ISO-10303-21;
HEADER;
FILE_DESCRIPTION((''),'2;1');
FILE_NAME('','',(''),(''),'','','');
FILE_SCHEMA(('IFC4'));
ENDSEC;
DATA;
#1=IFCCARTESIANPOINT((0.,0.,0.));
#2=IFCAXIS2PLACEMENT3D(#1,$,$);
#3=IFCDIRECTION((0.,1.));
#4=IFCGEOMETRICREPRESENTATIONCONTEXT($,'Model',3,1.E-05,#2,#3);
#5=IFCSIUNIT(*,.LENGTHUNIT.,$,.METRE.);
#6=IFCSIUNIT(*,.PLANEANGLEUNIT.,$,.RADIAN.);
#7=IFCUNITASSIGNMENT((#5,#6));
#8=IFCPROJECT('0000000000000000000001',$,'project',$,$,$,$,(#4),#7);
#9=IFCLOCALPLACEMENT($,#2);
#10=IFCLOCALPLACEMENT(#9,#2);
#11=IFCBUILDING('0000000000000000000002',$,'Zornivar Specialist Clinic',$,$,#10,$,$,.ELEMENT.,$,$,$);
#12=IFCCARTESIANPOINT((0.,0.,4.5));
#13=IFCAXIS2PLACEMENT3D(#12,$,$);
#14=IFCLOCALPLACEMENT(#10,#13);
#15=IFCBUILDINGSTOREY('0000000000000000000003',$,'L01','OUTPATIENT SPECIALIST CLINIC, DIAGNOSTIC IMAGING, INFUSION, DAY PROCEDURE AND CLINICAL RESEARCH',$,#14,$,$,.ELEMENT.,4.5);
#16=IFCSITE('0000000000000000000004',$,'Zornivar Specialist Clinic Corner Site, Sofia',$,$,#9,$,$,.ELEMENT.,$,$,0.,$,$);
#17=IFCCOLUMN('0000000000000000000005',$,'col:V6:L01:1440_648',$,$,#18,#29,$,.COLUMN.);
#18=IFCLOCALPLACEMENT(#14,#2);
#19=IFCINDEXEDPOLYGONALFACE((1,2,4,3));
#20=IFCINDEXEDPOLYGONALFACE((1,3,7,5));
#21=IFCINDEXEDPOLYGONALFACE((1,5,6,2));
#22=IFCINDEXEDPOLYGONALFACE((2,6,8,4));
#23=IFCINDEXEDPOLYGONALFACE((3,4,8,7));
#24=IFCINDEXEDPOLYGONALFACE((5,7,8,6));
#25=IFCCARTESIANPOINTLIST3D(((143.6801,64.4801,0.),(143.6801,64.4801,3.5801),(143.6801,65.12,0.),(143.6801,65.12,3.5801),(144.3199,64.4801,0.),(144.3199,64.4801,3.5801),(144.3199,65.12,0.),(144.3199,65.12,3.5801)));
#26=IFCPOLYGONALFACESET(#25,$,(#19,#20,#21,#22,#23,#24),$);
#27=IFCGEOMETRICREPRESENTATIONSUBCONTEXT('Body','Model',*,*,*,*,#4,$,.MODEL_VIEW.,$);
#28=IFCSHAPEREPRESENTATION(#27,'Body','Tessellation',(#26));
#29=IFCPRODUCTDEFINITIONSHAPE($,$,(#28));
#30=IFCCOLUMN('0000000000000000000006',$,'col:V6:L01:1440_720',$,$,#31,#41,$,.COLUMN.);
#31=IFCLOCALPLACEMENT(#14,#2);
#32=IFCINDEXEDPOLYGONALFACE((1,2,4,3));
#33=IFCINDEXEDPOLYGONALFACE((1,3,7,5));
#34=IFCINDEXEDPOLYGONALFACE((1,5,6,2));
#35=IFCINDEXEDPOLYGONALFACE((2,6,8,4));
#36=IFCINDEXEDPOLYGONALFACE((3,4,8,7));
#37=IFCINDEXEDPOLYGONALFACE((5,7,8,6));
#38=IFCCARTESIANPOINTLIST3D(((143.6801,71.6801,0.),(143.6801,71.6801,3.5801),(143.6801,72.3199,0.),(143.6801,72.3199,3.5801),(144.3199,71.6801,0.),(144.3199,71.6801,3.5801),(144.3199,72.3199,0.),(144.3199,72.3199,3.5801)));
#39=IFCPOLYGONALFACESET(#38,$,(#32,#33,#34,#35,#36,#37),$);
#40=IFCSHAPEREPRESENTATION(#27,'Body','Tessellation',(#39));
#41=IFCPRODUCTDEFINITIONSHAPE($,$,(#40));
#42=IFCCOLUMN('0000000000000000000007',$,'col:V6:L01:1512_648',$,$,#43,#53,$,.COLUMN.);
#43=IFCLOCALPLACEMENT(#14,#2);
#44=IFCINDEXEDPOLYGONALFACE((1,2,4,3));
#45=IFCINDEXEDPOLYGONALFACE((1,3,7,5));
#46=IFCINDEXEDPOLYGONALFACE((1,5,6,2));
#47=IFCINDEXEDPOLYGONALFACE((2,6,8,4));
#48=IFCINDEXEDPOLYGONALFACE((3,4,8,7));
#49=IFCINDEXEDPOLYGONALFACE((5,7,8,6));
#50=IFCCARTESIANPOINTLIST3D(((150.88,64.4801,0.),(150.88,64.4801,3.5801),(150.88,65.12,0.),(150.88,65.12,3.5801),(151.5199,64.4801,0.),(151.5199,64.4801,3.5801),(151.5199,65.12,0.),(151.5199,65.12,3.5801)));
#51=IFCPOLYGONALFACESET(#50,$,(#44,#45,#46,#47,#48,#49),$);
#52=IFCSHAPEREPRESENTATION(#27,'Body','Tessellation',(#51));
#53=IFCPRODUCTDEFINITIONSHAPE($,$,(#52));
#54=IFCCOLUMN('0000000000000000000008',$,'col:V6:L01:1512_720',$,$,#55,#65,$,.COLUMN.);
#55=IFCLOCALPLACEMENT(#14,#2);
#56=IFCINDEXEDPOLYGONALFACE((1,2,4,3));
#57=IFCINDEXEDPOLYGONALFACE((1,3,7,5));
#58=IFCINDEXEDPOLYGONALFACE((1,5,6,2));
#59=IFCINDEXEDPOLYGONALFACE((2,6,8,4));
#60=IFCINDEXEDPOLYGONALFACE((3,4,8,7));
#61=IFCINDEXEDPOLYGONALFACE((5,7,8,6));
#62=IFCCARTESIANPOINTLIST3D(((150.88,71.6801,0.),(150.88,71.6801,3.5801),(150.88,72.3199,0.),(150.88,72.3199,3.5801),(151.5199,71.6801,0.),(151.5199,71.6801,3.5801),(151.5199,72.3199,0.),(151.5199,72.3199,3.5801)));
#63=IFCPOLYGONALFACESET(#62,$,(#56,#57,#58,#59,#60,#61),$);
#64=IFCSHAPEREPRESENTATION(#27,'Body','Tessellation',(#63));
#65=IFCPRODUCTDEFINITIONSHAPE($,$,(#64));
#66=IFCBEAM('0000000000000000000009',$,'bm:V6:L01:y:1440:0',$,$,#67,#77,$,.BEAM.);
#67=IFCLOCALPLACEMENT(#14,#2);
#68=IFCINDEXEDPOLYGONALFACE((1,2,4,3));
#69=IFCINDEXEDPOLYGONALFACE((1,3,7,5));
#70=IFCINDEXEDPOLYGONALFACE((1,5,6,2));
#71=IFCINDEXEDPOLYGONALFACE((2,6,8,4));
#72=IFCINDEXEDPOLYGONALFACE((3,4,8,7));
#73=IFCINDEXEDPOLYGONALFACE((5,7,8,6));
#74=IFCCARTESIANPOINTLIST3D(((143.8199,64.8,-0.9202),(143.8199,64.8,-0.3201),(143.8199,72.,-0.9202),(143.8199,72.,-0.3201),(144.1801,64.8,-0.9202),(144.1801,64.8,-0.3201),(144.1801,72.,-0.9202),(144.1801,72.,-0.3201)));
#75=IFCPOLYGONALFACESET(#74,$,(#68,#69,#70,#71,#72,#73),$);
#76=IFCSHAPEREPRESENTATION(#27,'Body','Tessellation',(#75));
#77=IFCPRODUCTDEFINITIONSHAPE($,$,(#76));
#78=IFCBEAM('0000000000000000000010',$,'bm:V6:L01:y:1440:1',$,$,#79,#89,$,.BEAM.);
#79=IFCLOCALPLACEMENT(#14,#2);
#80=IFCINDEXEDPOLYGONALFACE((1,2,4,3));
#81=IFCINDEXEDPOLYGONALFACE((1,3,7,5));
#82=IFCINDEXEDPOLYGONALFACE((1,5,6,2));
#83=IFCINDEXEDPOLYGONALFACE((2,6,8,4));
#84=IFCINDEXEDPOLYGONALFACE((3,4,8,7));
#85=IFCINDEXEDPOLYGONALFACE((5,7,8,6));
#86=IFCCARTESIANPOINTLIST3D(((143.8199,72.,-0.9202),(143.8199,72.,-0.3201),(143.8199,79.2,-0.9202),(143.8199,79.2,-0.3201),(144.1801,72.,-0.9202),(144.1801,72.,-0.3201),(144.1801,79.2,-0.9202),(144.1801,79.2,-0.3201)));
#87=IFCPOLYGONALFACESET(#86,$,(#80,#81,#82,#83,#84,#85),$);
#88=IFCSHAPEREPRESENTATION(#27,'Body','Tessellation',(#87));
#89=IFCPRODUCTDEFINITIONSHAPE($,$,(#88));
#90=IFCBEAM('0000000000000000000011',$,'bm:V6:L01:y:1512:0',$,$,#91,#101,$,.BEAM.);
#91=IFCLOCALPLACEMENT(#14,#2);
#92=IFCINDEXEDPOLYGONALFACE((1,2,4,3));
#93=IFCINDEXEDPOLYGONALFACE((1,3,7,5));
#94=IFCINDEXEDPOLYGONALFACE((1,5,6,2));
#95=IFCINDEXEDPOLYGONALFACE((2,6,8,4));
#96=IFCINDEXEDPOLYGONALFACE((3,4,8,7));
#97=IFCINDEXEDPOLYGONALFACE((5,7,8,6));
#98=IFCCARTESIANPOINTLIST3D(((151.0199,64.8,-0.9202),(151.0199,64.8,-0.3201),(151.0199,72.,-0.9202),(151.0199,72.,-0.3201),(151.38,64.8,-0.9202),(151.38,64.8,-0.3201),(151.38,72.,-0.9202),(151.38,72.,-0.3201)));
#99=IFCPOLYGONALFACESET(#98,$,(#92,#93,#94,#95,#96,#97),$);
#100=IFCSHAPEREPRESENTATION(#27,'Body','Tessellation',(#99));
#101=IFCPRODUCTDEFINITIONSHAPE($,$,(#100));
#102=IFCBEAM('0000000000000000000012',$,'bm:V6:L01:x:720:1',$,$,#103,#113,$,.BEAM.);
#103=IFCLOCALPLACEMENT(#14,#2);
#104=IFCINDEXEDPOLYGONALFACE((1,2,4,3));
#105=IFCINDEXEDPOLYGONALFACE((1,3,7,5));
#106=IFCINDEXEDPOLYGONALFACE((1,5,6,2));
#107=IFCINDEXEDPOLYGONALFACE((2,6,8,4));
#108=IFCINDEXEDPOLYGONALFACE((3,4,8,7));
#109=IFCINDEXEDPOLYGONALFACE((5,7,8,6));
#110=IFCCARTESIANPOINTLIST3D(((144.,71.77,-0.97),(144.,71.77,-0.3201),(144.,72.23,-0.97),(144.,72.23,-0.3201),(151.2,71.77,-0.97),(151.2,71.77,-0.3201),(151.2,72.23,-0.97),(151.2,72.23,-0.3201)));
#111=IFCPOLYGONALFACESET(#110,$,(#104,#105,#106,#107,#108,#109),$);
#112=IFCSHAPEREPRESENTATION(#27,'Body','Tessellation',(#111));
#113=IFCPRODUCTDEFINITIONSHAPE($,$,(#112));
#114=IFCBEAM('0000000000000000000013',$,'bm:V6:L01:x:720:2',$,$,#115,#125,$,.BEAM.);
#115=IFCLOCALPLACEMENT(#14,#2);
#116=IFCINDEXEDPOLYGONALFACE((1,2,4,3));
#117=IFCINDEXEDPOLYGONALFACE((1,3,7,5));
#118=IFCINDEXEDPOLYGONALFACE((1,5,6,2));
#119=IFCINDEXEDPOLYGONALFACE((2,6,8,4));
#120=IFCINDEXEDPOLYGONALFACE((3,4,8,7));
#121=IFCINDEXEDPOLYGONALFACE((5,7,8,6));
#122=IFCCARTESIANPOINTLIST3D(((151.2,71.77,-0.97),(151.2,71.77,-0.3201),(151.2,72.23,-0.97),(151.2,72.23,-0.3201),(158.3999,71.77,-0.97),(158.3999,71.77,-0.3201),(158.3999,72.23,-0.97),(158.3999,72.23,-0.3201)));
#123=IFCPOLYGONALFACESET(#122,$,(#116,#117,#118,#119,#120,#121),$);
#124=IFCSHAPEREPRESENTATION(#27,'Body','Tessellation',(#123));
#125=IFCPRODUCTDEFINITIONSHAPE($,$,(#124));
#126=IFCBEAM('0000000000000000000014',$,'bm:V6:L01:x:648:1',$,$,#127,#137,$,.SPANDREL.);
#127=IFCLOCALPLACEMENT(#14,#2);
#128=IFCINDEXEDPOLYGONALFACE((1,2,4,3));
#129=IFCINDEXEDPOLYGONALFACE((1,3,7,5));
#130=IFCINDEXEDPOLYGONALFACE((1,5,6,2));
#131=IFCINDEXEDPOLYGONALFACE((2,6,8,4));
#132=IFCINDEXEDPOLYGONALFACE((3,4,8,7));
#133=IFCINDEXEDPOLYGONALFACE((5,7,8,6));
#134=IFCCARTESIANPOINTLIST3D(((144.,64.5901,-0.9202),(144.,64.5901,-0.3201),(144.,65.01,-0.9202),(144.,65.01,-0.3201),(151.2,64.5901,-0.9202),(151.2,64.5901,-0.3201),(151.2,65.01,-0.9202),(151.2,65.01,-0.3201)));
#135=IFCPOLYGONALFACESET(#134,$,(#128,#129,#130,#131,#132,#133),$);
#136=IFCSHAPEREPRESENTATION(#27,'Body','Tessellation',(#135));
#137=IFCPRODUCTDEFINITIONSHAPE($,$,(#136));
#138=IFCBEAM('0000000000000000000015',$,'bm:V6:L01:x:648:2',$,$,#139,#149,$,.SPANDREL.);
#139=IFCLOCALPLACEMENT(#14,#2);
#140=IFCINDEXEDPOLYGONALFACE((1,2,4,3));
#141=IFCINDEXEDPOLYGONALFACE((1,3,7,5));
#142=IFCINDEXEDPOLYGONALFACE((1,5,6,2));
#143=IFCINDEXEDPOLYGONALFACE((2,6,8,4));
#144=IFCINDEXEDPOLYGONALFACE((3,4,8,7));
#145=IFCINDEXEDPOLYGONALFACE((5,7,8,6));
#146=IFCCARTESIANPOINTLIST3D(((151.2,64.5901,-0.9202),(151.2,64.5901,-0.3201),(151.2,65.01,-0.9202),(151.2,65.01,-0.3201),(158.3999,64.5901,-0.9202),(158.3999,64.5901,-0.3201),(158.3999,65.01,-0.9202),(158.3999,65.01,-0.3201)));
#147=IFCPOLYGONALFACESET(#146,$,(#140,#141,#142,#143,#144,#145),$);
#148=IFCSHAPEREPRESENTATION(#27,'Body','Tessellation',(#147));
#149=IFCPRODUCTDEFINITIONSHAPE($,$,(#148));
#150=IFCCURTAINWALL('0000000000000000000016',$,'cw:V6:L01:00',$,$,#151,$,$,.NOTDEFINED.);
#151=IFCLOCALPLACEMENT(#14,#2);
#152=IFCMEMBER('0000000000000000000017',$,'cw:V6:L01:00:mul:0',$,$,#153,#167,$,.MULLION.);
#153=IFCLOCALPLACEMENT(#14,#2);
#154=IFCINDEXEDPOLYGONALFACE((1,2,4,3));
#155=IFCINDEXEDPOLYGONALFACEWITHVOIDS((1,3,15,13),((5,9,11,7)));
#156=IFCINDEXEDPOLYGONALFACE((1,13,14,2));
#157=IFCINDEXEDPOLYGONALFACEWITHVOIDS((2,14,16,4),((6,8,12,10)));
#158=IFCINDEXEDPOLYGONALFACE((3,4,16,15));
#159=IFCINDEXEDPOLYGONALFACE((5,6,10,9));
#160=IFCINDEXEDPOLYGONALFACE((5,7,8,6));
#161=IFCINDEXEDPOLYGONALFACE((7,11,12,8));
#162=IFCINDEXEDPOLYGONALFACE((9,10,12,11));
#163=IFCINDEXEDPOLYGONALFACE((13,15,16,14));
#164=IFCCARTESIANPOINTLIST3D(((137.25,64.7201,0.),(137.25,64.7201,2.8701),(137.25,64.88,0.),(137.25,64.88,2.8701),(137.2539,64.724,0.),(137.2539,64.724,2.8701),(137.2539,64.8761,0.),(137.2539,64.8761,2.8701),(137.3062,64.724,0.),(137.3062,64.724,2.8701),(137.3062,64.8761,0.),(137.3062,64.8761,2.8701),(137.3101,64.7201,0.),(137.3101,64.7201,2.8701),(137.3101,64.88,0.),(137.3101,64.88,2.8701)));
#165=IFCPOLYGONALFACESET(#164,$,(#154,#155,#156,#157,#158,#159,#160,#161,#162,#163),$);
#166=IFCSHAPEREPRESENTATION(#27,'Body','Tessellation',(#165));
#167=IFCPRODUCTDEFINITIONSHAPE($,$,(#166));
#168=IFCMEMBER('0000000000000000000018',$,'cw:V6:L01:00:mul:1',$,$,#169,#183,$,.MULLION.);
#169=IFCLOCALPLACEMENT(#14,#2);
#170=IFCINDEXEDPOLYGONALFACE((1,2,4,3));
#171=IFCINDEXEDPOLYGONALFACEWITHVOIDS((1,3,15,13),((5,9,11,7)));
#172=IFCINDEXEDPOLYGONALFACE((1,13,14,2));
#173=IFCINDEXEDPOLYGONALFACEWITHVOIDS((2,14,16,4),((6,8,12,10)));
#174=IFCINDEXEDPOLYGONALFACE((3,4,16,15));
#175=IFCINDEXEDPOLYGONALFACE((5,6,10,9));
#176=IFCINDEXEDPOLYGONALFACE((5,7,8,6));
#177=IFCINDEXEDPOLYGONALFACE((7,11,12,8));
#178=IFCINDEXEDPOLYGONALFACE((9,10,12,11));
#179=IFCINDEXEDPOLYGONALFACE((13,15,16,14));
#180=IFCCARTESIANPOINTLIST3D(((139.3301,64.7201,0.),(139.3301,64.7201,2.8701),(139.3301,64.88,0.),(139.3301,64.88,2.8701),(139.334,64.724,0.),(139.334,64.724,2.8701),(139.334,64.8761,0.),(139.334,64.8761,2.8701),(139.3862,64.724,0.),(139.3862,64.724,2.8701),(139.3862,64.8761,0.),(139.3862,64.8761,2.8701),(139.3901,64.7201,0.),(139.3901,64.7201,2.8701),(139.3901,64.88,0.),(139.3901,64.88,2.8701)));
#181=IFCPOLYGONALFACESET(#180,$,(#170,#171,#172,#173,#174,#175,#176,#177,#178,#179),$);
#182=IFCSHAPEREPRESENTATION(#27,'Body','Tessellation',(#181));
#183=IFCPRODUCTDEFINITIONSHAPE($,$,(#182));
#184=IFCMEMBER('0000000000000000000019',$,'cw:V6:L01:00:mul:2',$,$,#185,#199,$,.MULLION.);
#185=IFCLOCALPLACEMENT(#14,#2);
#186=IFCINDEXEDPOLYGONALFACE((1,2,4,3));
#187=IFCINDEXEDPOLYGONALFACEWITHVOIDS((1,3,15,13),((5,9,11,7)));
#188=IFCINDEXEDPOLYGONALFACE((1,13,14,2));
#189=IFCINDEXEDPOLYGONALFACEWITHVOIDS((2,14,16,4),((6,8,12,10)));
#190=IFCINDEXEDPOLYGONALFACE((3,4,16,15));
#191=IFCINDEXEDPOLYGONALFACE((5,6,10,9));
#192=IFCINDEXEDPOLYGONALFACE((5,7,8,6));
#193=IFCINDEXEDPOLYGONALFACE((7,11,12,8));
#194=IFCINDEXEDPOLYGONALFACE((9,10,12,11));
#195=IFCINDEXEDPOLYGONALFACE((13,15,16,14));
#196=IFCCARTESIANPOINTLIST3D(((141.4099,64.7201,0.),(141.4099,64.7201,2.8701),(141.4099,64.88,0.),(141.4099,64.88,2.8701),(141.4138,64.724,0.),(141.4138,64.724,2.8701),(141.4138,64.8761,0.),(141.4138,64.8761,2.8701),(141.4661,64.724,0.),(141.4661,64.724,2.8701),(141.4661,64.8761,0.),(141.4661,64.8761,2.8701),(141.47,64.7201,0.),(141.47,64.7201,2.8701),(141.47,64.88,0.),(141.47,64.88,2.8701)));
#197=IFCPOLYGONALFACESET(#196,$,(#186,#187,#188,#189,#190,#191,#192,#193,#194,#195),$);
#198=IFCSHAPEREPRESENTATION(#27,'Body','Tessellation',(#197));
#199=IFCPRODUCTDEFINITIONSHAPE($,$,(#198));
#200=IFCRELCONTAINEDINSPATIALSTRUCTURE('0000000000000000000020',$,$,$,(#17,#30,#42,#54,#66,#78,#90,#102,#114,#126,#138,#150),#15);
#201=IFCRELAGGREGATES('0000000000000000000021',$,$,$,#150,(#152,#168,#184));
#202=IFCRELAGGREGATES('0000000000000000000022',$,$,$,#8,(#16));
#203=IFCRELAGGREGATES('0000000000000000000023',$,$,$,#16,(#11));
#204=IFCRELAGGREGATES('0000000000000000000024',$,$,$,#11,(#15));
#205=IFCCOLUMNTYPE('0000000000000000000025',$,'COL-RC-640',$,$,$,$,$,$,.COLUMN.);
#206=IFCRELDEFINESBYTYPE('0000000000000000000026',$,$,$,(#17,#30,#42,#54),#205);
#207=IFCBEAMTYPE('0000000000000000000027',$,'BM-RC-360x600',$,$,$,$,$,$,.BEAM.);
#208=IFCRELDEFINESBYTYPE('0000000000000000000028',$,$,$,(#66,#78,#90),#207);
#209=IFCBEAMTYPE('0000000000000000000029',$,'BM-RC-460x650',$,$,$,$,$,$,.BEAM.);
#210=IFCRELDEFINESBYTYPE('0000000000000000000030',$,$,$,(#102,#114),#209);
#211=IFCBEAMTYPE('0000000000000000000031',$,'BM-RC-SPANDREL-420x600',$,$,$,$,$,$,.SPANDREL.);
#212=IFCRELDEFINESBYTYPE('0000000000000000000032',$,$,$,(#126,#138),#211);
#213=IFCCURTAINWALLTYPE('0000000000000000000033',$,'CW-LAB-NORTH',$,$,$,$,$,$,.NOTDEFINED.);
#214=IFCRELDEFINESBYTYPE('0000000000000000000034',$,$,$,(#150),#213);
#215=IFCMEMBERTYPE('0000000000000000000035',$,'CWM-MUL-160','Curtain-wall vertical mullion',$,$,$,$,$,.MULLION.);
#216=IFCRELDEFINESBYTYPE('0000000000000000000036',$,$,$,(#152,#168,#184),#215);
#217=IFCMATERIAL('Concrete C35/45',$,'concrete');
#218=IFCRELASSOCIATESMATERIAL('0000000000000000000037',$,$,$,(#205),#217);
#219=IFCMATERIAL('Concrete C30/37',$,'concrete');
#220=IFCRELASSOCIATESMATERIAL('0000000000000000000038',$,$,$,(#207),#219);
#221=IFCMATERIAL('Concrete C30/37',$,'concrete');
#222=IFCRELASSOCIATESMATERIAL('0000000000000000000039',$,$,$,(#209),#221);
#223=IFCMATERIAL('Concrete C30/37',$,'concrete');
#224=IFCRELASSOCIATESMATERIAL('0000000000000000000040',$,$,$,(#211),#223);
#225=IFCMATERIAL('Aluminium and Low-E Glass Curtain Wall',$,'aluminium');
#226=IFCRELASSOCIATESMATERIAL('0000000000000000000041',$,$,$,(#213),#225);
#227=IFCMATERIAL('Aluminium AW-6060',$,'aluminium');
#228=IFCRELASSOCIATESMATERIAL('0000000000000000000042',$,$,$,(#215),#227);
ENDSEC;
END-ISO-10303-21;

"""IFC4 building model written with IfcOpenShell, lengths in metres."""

from ifc_helpers import new_model, si_unit, direction, frame, origin, origin_2d, place, context, subcontext, project, spatial, rectangle, hollow_rectangle, extrude, material, material_profile, profile_set, type_object, element, aggregate, save


model = new_model("IFC4")

# Units and contexts
model_context = context("Model", 3, precision=1e-05, world=origin(), true_north=direction((0.0, 1.0)))
body_context = subcontext(model_context, "Body", "Model", "MODEL_VIEW")
ifc_project = project(units=[si_unit("LENGTHUNIT", "METRE"), si_unit("PLANEANGLEUNIT", "RADIAN")], contexts=[model_context])

# Site, building, storey
site_placement = place(None, origin())
site = spatial("IfcSite", under=ifc_project, at=site_placement, Name="Zornivar Specialist Clinic Corner Site, Sofia", CompositionType="ELEMENT", RefElevation=0.0)
building_placement = place(site_placement, origin())
building = spatial("IfcBuilding", under=site, at=building_placement, Name="Zornivar Specialist Clinic", CompositionType="ELEMENT")
storey_placement = place(building_placement, frame((0.0, 0.0, 4.5)))
storey = spatial("IfcBuildingStorey", under=building, at=storey_placement, Name="L01", Description="OUTPATIENT SPECIALIST CLINIC, DIAGNOSTIC IMAGING, INFUSION, DAY PROCEDURE AND CLINICAL RESEARCH", CompositionType="ELEMENT", Elevation=4.5)

# Columns
ifc_material_1 = material(Name="Concrete C35/45", Category="concrete")
ifc_material_profile_1 = material_profile(ifc_material_1, rectangle(XDim=0.6399, YDim=0.6399, at=origin_2d()), Name="RC 640x640")
ifc_profile_set_1 = profile_set([ifc_material_profile_1], Name="Concrete C35/45")
column_type = type_object("IfcColumnType", Name="COL-RC-640", PredefinedType="COLUMN", material=ifc_profile_set_1)
for number, where, z_axis, x_axis, name in (
    (1, (144.0, 64.8, 0.0), (0.0, 0.0, 1.0), (1.0, 0.0, 0.0), "col:V6:L01:1440_648"),
    (2, (144.0, 72.0, 0.0), (0.0, 0.0, 1.0), (1.0, 0.0, 0.0), "col:V6:L01:1440_720"),
    (3, (151.2, 64.8, 0.0), (0.0, 0.0, 1.0), (1.0, 0.0, 0.0), "col:V6:L01:1512_648"),
    (4, (151.2, 72.0, 0.0), (0.0, 0.0, 1.0), (1.0, 0.0, 0.0), "col:V6:L01:1512_720"),
):
    element("IfcColumn", number, at=place(storey_placement, frame(where, z_axis=z_axis, x_axis=x_axis)), inside=storey, type_object=column_type, Name=name, PredefinedType="COLUMN", context=body_context, shape_type="SweptSolid", body=[
        extrude(rectangle(XDim=0.6399, YDim=0.6399, at=origin_2d()), origin(), (0.0, 0.0, 1.0), 3.5801),
    ])

# Beams
ifc_material_2 = material(Name="Concrete C30/37", Category="concrete")
ifc_material_profile_2 = material_profile(ifc_material_2, rectangle(XDim=0.3601, YDim=0.6001, at=origin_2d()), Name="RC 360x600")
ifc_profile_set_2 = profile_set([ifc_material_profile_2], Name="Concrete C30/37")
beam_type_1 = type_object("IfcBeamType", Name="BM-RC-360x600", PredefinedType="BEAM", material=ifc_profile_set_2)
for number, where, z_axis, x_axis, name in (
    (5, (144.0, 64.8, -0.6201), (0.0, 1.0, 0.0), (-1.0, 0.0, 0.0), "bm:V6:L01:y:1440:0"),
    (6, (144.0, 72.0, -0.6201), (0.0, 1.0, 0.0), (-1.0, 0.0, 0.0), "bm:V6:L01:y:1440:1"),
    (7, (151.2, 64.8, -0.6201), (0.0, 1.0, 0.0), (-1.0, 0.0, 0.0), "bm:V6:L01:y:1512:0"),
):
    element("IfcBeam", number, at=place(storey_placement, frame(where, z_axis=z_axis, x_axis=x_axis)), inside=storey, type_object=beam_type_1, Name=name, PredefinedType="BEAM", context=body_context, shape_type="SweptSolid", body=[
        extrude(rectangle(XDim=0.3601, YDim=0.6001, at=origin_2d()), origin(), (0.0, 0.0, 1.0), 7.2),
    ])
ifc_material_3 = material(Name="Concrete C30/37", Category="concrete")
ifc_material_profile_3 = material_profile(ifc_material_3, rectangle(XDim=0.46, YDim=0.6499, at=origin_2d()), Name="RC 460x650")
ifc_profile_set_3 = profile_set([ifc_material_profile_3], Name="Concrete C30/37")
beam_type_2 = type_object("IfcBeamType", Name="BM-RC-460x650", PredefinedType="BEAM", material=ifc_profile_set_3)
for number, where, z_axis, x_axis, name in (
    (8, (144.0, 72.0, -0.645), (1.0, 0.0, 0.0), (0.0, 1.0, 0.0), "bm:V6:L01:x:720:1"),
    (9, (151.2, 72.0, -0.645), (1.0, 0.0, 0.0), (0.0, 1.0, 0.0), "bm:V6:L01:x:720:2"),
):
    element("IfcBeam", number, at=place(storey_placement, frame(where, z_axis=z_axis, x_axis=x_axis)), inside=storey, type_object=beam_type_2, Name=name, PredefinedType="BEAM", context=body_context, shape_type="SweptSolid", body=[
        extrude(rectangle(XDim=0.46, YDim=0.6499, at=origin_2d()), origin(), (0.0, 0.0, 1.0), 7.2),
    ])
ifc_material_4 = material(Name="Concrete C30/37", Category="concrete")
ifc_material_profile_4 = material_profile(ifc_material_4, rectangle(XDim=0.4199, YDim=0.6001, at=origin_2d()), Name="RC 420x600")
ifc_profile_set_4 = profile_set([ifc_material_profile_4], Name="Concrete C30/37")
beam_type_3 = type_object("IfcBeamType", Name="BM-RC-SPANDREL-420x600", PredefinedType="SPANDREL", material=ifc_profile_set_4)
for number, where, z_axis, x_axis, name in (
    (10, (144.0, 64.8, -0.6201), (1.0, 0.0, 0.0), (0.0, 1.0, 0.0), "bm:V6:L01:x:648:1"),
    (11, (151.2, 64.8, -0.6201), (1.0, 0.0, 0.0), (0.0, 1.0, 0.0), "bm:V6:L01:x:648:2"),
):
    element("IfcBeam", number, at=place(storey_placement, frame(where, z_axis=z_axis, x_axis=x_axis)), inside=storey, type_object=beam_type_3, Name=name, PredefinedType="SPANDREL", context=body_context, shape_type="SweptSolid", body=[
        extrude(rectangle(XDim=0.4199, YDim=0.6001, at=origin_2d()), origin(), (0.0, 0.0, 1.0), 7.2),
    ])

# Curtain wall, members
ifc_material_5 = material(Name="Aluminium and Low-E Glass Curtain Wall", Category="aluminium")
curtain_wall_type = type_object("IfcCurtainWallType", Name="CW-LAB-NORTH", PredefinedType="NOTDEFINED", material=ifc_material_5)
curtain_wall_1_placement = place(storey_placement, origin())
curtain_wall_1 = element("IfcCurtainWall", 12, at=curtain_wall_1_placement, inside=storey, type_object=curtain_wall_type, Name="cw:V6:L01:00", PredefinedType="NOTDEFINED")
ifc_material_6 = material(Name="Aluminium AW-6060", Category="aluminium")
ifc_material_profile_5 = material_profile(ifc_material_6, hollow_rectangle(XDim=0.0601, YDim=0.1599, WallThickness=0.0039, at=origin_2d()), Name="ALU 60x160x4")
ifc_profile_set_5 = profile_set([ifc_material_profile_5], Name="Aluminium AW-6060")
member_type_1 = type_object("IfcMemberType", Name="CWM-MUL-160", Description="Curtain-wall vertical mullion", PredefinedType="MULLION", material=ifc_profile_set_5)
member_1_placement = place(storey_placement, frame((137.28, 64.8, 0.0), z_axis=(0.0, 0.0, 1.0), x_axis=(1.0, 0.0, 0.0)))
member_1 = element("IfcMember", 13, at=member_1_placement, type_object=member_type_1, Name="cw:V6:L01:00:mul:0", PredefinedType="MULLION", context=body_context, shape_type="SweptSolid", body=[
    extrude(hollow_rectangle(XDim=0.0601, YDim=0.1599, WallThickness=0.0039, at=origin_2d()), origin(), (0.0, 0.0, 1.0), 2.8701),
])
member_2_placement = place(storey_placement, frame((139.3601, 64.8, 0.0), z_axis=(0.0, 0.0, 1.0), x_axis=(1.0, 0.0, 0.0)))
member_2 = element("IfcMember", 14, at=member_2_placement, type_object=member_type_1, Name="cw:V6:L01:00:mul:1", PredefinedType="MULLION", context=body_context, shape_type="SweptSolid", body=[
    extrude(hollow_rectangle(XDim=0.0601, YDim=0.1599, WallThickness=0.0039, at=origin_2d()), origin(), (0.0, 0.0, 1.0), 2.8701),
])
member_3_placement = place(storey_placement, frame((141.4399, 64.8, 0.0), z_axis=(0.0, 0.0, 1.0), x_axis=(1.0, 0.0, 0.0)))
member_3 = element("IfcMember", 15, at=member_3_placement, type_object=member_type_1, Name="cw:V6:L01:00:mul:2", PredefinedType="MULLION", context=body_context, shape_type="SweptSolid", body=[
    extrude(hollow_rectangle(XDim=0.0601, YDim=0.1599, WallThickness=0.0039, at=origin_2d()), origin(), (0.0, 0.0, 1.0), 2.8701),
])

aggregate(curtain_wall_1, [member_1, member_2, member_3])

save(model, "model.ifc")
